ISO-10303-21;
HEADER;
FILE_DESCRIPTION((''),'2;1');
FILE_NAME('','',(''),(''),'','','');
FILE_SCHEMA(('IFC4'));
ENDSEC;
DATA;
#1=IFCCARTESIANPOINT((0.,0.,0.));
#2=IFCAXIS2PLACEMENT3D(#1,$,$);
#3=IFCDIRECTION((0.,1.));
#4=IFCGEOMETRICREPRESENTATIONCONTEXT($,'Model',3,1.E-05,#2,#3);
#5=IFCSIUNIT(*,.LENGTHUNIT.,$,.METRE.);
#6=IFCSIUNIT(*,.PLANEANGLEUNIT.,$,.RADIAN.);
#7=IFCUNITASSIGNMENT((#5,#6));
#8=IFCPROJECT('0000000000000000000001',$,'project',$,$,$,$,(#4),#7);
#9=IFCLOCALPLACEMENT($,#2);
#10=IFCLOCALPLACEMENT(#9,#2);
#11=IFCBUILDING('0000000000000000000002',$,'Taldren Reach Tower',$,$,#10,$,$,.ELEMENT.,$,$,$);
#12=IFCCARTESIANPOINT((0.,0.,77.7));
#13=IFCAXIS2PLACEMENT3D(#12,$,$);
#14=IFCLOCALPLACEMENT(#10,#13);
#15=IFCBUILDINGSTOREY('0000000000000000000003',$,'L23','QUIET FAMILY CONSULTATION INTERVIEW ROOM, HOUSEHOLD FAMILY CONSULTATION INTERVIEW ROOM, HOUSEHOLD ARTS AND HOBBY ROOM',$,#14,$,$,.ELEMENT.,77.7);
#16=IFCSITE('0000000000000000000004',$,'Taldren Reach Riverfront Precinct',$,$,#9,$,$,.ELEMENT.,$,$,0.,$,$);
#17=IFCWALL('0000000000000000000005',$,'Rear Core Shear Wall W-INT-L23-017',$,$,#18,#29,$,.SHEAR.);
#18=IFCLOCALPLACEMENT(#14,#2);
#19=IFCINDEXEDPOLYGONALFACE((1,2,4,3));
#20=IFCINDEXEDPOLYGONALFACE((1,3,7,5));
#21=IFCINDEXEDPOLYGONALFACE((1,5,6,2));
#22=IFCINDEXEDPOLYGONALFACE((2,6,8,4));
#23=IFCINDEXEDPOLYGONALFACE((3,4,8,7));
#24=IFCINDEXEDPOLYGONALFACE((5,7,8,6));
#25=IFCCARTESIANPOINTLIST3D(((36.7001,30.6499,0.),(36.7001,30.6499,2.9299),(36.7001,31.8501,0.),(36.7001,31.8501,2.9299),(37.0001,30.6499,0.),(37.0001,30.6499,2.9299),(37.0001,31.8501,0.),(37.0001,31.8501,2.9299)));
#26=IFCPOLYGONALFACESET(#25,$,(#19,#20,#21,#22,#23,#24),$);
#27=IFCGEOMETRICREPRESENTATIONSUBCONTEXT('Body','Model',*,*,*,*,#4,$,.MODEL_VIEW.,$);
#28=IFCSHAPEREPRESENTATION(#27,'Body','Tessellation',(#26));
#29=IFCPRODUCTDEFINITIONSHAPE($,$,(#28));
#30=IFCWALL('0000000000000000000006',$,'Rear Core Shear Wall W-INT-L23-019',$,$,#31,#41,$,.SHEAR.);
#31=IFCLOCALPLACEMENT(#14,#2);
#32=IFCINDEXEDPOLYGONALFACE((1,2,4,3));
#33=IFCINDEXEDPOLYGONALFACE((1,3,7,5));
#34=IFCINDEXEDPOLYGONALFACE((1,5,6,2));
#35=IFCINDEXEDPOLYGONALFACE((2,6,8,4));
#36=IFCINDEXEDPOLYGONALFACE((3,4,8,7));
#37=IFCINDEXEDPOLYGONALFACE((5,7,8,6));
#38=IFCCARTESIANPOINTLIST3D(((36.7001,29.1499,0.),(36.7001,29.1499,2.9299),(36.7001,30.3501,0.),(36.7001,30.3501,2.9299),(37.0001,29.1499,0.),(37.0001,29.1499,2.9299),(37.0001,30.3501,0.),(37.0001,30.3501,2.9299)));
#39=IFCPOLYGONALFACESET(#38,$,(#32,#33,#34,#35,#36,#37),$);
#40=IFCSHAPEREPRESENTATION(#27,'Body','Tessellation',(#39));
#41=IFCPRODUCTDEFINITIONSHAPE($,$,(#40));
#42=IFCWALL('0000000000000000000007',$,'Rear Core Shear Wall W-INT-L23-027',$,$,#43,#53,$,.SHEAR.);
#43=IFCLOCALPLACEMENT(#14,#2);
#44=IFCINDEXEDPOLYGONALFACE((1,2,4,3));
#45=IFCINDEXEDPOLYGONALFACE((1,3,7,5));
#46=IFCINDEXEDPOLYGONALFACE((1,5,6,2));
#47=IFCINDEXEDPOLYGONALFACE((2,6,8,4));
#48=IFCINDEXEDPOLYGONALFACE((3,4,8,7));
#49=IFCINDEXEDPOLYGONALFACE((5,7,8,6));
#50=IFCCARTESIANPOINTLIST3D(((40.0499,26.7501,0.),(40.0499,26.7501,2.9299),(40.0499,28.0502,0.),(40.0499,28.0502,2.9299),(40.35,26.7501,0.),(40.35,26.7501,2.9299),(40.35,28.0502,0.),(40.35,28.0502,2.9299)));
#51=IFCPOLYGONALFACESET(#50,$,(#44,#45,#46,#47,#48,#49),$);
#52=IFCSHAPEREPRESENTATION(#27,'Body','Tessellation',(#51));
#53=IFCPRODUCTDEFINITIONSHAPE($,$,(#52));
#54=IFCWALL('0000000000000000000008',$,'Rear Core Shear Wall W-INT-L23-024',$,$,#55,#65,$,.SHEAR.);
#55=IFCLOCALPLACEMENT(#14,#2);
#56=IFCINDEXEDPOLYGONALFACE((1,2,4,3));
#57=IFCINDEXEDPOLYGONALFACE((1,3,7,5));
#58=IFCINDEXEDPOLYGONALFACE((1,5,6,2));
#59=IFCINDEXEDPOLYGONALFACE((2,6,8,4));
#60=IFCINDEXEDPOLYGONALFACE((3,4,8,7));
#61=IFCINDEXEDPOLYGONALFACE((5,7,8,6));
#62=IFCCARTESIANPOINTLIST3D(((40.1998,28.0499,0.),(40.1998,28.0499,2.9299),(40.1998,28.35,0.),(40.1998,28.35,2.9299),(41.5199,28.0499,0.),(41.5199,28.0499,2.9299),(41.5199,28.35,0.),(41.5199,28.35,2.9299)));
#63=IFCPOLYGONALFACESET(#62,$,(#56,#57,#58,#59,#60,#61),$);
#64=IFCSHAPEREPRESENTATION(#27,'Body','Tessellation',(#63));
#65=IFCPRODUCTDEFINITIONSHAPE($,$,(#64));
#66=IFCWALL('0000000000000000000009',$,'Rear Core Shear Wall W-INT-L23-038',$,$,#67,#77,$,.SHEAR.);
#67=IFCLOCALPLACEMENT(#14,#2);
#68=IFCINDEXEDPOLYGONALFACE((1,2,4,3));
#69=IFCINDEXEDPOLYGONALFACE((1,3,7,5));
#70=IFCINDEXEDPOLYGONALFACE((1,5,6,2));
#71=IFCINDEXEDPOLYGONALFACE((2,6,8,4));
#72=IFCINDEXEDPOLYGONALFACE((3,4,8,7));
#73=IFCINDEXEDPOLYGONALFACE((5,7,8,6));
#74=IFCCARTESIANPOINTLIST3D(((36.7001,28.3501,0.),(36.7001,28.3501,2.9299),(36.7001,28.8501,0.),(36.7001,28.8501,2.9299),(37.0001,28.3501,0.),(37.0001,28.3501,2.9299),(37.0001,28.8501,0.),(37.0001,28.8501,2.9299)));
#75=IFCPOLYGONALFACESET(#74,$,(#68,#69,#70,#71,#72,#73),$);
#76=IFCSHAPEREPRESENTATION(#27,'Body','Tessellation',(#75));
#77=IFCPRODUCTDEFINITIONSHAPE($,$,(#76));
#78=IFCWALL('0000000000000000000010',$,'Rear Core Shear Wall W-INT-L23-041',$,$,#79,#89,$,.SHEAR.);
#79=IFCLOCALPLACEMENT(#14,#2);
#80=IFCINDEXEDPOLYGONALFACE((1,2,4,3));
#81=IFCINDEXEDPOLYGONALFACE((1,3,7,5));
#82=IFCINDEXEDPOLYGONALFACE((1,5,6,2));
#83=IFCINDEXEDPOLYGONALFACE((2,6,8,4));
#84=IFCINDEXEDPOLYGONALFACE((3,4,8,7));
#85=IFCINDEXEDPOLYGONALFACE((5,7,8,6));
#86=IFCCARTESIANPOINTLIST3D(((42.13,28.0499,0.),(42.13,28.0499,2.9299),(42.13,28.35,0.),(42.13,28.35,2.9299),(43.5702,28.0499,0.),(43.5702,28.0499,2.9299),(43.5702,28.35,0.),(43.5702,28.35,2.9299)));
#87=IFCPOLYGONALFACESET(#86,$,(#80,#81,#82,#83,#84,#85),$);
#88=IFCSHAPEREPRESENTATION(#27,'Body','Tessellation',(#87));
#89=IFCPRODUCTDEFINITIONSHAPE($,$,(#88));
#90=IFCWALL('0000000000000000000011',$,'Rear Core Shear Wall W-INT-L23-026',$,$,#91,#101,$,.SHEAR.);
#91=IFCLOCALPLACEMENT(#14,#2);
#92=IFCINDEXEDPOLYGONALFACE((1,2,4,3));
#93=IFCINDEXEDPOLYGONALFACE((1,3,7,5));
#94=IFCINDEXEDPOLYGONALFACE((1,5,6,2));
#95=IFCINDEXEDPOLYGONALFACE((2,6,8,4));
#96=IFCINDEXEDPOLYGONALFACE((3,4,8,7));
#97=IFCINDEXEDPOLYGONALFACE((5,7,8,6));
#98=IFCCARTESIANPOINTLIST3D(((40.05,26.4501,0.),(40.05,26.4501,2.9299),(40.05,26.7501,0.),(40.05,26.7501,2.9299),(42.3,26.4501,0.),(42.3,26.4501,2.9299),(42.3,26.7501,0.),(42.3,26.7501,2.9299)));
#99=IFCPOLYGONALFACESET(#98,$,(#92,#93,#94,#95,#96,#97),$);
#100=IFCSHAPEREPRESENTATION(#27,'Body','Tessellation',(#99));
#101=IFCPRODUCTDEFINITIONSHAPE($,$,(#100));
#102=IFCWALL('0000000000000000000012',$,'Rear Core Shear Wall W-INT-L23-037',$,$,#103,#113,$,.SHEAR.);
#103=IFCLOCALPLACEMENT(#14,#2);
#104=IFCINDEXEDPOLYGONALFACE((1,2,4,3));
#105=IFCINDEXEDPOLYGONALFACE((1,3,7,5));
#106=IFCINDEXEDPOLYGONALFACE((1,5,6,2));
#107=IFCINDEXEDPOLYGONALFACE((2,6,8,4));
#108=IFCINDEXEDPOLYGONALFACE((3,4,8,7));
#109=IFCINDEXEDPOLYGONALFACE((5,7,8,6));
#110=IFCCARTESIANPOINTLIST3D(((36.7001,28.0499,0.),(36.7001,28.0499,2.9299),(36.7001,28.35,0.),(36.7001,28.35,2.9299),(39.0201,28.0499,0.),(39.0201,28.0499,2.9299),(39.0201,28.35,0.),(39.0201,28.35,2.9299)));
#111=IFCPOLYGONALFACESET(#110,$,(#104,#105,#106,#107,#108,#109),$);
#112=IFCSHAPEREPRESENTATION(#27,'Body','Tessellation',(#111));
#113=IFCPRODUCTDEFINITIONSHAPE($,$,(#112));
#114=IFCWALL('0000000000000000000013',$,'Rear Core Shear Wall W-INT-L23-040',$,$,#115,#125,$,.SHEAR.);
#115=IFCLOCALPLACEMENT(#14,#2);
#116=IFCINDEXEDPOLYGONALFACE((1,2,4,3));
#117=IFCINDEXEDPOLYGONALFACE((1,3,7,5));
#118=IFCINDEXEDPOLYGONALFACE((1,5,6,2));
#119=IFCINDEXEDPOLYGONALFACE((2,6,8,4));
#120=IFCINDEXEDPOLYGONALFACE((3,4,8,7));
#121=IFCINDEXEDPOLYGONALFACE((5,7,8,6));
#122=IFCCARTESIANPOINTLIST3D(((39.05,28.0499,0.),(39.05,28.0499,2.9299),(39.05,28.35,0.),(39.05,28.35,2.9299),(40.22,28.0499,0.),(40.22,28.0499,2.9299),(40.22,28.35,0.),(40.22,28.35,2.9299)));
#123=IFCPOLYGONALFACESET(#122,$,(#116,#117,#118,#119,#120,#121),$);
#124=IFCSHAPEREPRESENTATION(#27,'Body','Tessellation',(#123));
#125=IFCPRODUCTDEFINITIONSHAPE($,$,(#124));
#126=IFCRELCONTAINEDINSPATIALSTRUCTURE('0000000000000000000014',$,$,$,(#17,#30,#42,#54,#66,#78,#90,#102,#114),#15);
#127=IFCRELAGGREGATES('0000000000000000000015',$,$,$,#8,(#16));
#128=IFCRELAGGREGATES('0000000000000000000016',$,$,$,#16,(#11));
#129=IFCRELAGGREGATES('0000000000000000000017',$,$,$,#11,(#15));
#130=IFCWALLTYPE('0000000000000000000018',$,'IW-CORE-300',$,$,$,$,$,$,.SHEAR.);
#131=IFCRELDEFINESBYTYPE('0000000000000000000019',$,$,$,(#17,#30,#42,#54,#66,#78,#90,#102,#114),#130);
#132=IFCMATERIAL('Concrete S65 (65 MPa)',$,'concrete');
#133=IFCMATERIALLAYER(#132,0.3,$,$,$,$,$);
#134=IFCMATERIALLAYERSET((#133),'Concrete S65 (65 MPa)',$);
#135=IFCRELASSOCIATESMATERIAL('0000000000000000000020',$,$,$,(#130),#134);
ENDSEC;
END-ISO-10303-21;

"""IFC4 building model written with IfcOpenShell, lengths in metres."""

from ifc_helpers import new_model, si_unit, direction, frame, frame_2d, origin, place, context, subcontext, project, spatial, rectangle, extrude, source, transform, mapped, material, layer, layer_set, type_object, element, save


model = new_model("IFC4")

# Units and contexts
model_context = context("Model", 3, precision=1e-05, world=origin(), true_north=direction((0.0, 1.0)))
body_context = subcontext(model_context, "Body", "Model", "MODEL_VIEW")
ifc_project = project(units=[si_unit("LENGTHUNIT", "METRE"), si_unit("PLANEANGLEUNIT", "RADIAN")], contexts=[model_context])

# Site, building, storey
site_placement = place(None, origin())
site = spatial("IfcSite", under=ifc_project, at=site_placement, Name="Taldren Reach Riverfront Precinct", CompositionType="ELEMENT", RefElevation=0.0)
building_placement = place(site_placement, origin())
building = spatial("IfcBuilding", under=site, at=building_placement, Name="Taldren Reach Tower", CompositionType="ELEMENT")
storey_placement = place(building_placement, frame((0.0, 0.0, 77.7)))
storey = spatial("IfcBuildingStorey", under=building, at=storey_placement, Name="L23", Description="QUIET FAMILY CONSULTATION INTERVIEW ROOM, HOUSEHOLD FAMILY CONSULTATION INTERVIEW ROOM, HOUSEHOLD ARTS AND HOBBY ROOM", CompositionType="ELEMENT", Elevation=77.7)

# Shared definitions
ifc_material_1 = material(Name="Concrete S65 (65 MPa)", Category="concrete")

# Walls
ifc_layer_1 = layer(ifc_material_1, 0.3)
ifc_layer_set_1 = layer_set([ifc_layer_1], Name="Concrete S65 (65 MPa)")
wall_type_1 = type_object("IfcWallType", Name="IW-CORE-300", PredefinedType="SHEAR", material=ifc_layer_set_1)
shared_shape_1 = source(origin(), body_context, "Body", "SweptSolid", [
    extrude(rectangle(XDim=1.2002, YDim=0.3, at=frame_2d((0.6001, 0.0))), origin(), (0.0, 0.0, 1.0), 2.9299),
])
for number, where, z_axis, x_axis, name in (
    (1, (36.8501, 30.6499, 0.0), (0.0, 0.0, 1.0), (0.0, 1.0, 0.0), "Rear Core Shear Wall W-INT-L23-017"),
    (2, (36.8501, 29.1499, 0.0), (0.0, 0.0, 1.0), (0.0, 1.0, 0.0), "Rear Core Shear Wall W-INT-L23-019"),
):
    element("IfcWall", number, at=place(storey_placement, frame(where, z_axis=z_axis, x_axis=x_axis)), inside=storey, type_object=wall_type_1, Name=name, PredefinedType="SHEAR", context=body_context, shape_type="MappedRepresentation", body=[
        mapped(shared_shape_1, transform((0.0, 0.0, 0.0), scale=1.0)),
    ])
shared_shape_2 = source(origin(), body_context, "Body", "SweptSolid", [
    extrude(rectangle(XDim=1.3, YDim=0.3, at=frame_2d((0.6499, 0.0))), origin(), (0.0, 0.0, 1.0), 2.9299),
])
wall_1_placement = place(storey_placement, frame((40.2, 28.05, 0.0), z_axis=(0.0, 0.0, 1.0), x_axis=(0.0, -1.0, 0.0)))
element("IfcWall", 3, at=wall_1_placement, inside=storey, type_object=wall_type_1, Name="Rear Core Shear Wall W-INT-L23-027", PredefinedType="SHEAR", context=body_context, shape_type="MappedRepresentation", body=[
    mapped(shared_shape_2, transform((0.0, 0.0, 0.0), scale=1.0)),
])
shared_shape_3 = source(origin(), body_context, "Body", "SweptSolid", [
    extrude(rectangle(XDim=1.3201, YDim=0.3, at=frame_2d((0.6602, 0.0))), origin(), (0.0, 0.0, 1.0), 2.9299),
])
wall_2_placement = place(storey_placement, frame((41.52, 28.2, 0.0), z_axis=(0.0, 0.0, 1.0), x_axis=(-1.0, 0.0, 0.0)))
element("IfcWall", 4, at=wall_2_placement, inside=storey, type_object=wall_type_1, Name="Rear Core Shear Wall W-INT-L23-024", PredefinedType="SHEAR", context=body_context, shape_type="MappedRepresentation", body=[
    mapped(shared_shape_3, transform((0.0, 0.0, 0.0), scale=1.0)),
])
shared_shape_4 = source(origin(), body_context, "Body", "SweptSolid", [
    extrude(rectangle(XDim=0.5, YDim=0.3, at=frame_2d((0.25, 0.0))), origin(), (0.0, 0.0, 1.0), 2.9299),
])
wall_3_placement = place(storey_placement, frame((36.8501, 28.8501, 0.0), z_axis=(0.0, 0.0, 1.0), x_axis=(0.0, -1.0, 0.0)))
element("IfcWall", 5, at=wall_3_placement, inside=storey, type_object=wall_type_1, Name="Rear Core Shear Wall W-INT-L23-038", PredefinedType="SHEAR", context=body_context, shape_type="MappedRepresentation", body=[
    mapped(shared_shape_4, transform((0.0, 0.0, 0.0), scale=1.0)),
])
shared_shape_5 = source(origin(), body_context, "Body", "SweptSolid", [
    extrude(rectangle(XDim=1.4402, YDim=0.3, at=frame_2d((0.7202, 0.0))), origin(), (0.0, 0.0, 1.0), 2.9299),
])
wall_4_placement = place(storey_placement, frame((42.1299, 28.2, 0.0), z_axis=(0.0, 0.0, 1.0), x_axis=(1.0, 0.0, 0.0)))
element("IfcWall", 6, at=wall_4_placement, inside=storey, type_object=wall_type_1, Name="Rear Core Shear Wall W-INT-L23-041", PredefinedType="SHEAR", context=body_context, shape_type="MappedRepresentation", body=[
    mapped(shared_shape_5, transform((0.0, 0.0, 0.0), scale=1.0)),
])
shared_shape_6 = source(origin(), body_context, "Body", "SweptSolid", [
    extrude(rectangle(XDim=2.25, YDim=0.3, at=frame_2d((1.125, 0.0))), origin(), (0.0, 0.0, 1.0), 2.9299),
])
wall_5_placement = place(storey_placement, frame((40.05, 26.6001, 0.0), z_axis=(0.0, 0.0, 1.0), x_axis=(1.0, 0.0, 0.0)))
element("IfcWall", 7, at=wall_5_placement, inside=storey, type_object=wall_type_1, Name="Rear Core Shear Wall W-INT-L23-026", PredefinedType="SHEAR", context=body_context, shape_type="MappedRepresentation", body=[
    mapped(shared_shape_6, transform((0.0, 0.0, 0.0), scale=1.0)),
])
shared_shape_7 = source(origin(), body_context, "Body", "SweptSolid", [
    extrude(rectangle(XDim=2.3201, YDim=0.3, at=frame_2d((1.1602, 0.0))), origin(), (0.0, 0.0, 1.0), 2.9299),
])
wall_6_placement = place(storey_placement, frame((36.7, 28.2, 0.0), z_axis=(0.0, 0.0, 1.0), x_axis=(1.0, 0.0, 0.0)))
element("IfcWall", 8, at=wall_6_placement, inside=storey, type_object=wall_type_1, Name="Rear Core Shear Wall W-INT-L23-037", PredefinedType="SHEAR", context=body_context, shape_type="MappedRepresentation", body=[
    mapped(shared_shape_7, transform((0.0, 0.0, 0.0), scale=1.0)),
])
shared_shape_8 = source(origin(), body_context, "Body", "SweptSolid", [
    extrude(rectangle(XDim=1.1699, YDim=0.3, at=frame_2d((0.585, 0.0))), origin(), (0.0, 0.0, 1.0), 2.9299),
])
wall_7_placement = place(storey_placement, frame((39.05, 28.2, 0.0), z_axis=(0.0, 0.0, 1.0), x_axis=(1.0, 0.0, 0.0)))
element("IfcWall", 9, at=wall_7_placement, inside=storey, type_object=wall_type_1, Name="Rear Core Shear Wall W-INT-L23-040", PredefinedType="SHEAR", context=body_context, shape_type="MappedRepresentation", body=[
    mapped(shared_shape_8, transform((0.0, 0.0, 0.0), scale=1.0)),
])

save(model, "model.ifc")
